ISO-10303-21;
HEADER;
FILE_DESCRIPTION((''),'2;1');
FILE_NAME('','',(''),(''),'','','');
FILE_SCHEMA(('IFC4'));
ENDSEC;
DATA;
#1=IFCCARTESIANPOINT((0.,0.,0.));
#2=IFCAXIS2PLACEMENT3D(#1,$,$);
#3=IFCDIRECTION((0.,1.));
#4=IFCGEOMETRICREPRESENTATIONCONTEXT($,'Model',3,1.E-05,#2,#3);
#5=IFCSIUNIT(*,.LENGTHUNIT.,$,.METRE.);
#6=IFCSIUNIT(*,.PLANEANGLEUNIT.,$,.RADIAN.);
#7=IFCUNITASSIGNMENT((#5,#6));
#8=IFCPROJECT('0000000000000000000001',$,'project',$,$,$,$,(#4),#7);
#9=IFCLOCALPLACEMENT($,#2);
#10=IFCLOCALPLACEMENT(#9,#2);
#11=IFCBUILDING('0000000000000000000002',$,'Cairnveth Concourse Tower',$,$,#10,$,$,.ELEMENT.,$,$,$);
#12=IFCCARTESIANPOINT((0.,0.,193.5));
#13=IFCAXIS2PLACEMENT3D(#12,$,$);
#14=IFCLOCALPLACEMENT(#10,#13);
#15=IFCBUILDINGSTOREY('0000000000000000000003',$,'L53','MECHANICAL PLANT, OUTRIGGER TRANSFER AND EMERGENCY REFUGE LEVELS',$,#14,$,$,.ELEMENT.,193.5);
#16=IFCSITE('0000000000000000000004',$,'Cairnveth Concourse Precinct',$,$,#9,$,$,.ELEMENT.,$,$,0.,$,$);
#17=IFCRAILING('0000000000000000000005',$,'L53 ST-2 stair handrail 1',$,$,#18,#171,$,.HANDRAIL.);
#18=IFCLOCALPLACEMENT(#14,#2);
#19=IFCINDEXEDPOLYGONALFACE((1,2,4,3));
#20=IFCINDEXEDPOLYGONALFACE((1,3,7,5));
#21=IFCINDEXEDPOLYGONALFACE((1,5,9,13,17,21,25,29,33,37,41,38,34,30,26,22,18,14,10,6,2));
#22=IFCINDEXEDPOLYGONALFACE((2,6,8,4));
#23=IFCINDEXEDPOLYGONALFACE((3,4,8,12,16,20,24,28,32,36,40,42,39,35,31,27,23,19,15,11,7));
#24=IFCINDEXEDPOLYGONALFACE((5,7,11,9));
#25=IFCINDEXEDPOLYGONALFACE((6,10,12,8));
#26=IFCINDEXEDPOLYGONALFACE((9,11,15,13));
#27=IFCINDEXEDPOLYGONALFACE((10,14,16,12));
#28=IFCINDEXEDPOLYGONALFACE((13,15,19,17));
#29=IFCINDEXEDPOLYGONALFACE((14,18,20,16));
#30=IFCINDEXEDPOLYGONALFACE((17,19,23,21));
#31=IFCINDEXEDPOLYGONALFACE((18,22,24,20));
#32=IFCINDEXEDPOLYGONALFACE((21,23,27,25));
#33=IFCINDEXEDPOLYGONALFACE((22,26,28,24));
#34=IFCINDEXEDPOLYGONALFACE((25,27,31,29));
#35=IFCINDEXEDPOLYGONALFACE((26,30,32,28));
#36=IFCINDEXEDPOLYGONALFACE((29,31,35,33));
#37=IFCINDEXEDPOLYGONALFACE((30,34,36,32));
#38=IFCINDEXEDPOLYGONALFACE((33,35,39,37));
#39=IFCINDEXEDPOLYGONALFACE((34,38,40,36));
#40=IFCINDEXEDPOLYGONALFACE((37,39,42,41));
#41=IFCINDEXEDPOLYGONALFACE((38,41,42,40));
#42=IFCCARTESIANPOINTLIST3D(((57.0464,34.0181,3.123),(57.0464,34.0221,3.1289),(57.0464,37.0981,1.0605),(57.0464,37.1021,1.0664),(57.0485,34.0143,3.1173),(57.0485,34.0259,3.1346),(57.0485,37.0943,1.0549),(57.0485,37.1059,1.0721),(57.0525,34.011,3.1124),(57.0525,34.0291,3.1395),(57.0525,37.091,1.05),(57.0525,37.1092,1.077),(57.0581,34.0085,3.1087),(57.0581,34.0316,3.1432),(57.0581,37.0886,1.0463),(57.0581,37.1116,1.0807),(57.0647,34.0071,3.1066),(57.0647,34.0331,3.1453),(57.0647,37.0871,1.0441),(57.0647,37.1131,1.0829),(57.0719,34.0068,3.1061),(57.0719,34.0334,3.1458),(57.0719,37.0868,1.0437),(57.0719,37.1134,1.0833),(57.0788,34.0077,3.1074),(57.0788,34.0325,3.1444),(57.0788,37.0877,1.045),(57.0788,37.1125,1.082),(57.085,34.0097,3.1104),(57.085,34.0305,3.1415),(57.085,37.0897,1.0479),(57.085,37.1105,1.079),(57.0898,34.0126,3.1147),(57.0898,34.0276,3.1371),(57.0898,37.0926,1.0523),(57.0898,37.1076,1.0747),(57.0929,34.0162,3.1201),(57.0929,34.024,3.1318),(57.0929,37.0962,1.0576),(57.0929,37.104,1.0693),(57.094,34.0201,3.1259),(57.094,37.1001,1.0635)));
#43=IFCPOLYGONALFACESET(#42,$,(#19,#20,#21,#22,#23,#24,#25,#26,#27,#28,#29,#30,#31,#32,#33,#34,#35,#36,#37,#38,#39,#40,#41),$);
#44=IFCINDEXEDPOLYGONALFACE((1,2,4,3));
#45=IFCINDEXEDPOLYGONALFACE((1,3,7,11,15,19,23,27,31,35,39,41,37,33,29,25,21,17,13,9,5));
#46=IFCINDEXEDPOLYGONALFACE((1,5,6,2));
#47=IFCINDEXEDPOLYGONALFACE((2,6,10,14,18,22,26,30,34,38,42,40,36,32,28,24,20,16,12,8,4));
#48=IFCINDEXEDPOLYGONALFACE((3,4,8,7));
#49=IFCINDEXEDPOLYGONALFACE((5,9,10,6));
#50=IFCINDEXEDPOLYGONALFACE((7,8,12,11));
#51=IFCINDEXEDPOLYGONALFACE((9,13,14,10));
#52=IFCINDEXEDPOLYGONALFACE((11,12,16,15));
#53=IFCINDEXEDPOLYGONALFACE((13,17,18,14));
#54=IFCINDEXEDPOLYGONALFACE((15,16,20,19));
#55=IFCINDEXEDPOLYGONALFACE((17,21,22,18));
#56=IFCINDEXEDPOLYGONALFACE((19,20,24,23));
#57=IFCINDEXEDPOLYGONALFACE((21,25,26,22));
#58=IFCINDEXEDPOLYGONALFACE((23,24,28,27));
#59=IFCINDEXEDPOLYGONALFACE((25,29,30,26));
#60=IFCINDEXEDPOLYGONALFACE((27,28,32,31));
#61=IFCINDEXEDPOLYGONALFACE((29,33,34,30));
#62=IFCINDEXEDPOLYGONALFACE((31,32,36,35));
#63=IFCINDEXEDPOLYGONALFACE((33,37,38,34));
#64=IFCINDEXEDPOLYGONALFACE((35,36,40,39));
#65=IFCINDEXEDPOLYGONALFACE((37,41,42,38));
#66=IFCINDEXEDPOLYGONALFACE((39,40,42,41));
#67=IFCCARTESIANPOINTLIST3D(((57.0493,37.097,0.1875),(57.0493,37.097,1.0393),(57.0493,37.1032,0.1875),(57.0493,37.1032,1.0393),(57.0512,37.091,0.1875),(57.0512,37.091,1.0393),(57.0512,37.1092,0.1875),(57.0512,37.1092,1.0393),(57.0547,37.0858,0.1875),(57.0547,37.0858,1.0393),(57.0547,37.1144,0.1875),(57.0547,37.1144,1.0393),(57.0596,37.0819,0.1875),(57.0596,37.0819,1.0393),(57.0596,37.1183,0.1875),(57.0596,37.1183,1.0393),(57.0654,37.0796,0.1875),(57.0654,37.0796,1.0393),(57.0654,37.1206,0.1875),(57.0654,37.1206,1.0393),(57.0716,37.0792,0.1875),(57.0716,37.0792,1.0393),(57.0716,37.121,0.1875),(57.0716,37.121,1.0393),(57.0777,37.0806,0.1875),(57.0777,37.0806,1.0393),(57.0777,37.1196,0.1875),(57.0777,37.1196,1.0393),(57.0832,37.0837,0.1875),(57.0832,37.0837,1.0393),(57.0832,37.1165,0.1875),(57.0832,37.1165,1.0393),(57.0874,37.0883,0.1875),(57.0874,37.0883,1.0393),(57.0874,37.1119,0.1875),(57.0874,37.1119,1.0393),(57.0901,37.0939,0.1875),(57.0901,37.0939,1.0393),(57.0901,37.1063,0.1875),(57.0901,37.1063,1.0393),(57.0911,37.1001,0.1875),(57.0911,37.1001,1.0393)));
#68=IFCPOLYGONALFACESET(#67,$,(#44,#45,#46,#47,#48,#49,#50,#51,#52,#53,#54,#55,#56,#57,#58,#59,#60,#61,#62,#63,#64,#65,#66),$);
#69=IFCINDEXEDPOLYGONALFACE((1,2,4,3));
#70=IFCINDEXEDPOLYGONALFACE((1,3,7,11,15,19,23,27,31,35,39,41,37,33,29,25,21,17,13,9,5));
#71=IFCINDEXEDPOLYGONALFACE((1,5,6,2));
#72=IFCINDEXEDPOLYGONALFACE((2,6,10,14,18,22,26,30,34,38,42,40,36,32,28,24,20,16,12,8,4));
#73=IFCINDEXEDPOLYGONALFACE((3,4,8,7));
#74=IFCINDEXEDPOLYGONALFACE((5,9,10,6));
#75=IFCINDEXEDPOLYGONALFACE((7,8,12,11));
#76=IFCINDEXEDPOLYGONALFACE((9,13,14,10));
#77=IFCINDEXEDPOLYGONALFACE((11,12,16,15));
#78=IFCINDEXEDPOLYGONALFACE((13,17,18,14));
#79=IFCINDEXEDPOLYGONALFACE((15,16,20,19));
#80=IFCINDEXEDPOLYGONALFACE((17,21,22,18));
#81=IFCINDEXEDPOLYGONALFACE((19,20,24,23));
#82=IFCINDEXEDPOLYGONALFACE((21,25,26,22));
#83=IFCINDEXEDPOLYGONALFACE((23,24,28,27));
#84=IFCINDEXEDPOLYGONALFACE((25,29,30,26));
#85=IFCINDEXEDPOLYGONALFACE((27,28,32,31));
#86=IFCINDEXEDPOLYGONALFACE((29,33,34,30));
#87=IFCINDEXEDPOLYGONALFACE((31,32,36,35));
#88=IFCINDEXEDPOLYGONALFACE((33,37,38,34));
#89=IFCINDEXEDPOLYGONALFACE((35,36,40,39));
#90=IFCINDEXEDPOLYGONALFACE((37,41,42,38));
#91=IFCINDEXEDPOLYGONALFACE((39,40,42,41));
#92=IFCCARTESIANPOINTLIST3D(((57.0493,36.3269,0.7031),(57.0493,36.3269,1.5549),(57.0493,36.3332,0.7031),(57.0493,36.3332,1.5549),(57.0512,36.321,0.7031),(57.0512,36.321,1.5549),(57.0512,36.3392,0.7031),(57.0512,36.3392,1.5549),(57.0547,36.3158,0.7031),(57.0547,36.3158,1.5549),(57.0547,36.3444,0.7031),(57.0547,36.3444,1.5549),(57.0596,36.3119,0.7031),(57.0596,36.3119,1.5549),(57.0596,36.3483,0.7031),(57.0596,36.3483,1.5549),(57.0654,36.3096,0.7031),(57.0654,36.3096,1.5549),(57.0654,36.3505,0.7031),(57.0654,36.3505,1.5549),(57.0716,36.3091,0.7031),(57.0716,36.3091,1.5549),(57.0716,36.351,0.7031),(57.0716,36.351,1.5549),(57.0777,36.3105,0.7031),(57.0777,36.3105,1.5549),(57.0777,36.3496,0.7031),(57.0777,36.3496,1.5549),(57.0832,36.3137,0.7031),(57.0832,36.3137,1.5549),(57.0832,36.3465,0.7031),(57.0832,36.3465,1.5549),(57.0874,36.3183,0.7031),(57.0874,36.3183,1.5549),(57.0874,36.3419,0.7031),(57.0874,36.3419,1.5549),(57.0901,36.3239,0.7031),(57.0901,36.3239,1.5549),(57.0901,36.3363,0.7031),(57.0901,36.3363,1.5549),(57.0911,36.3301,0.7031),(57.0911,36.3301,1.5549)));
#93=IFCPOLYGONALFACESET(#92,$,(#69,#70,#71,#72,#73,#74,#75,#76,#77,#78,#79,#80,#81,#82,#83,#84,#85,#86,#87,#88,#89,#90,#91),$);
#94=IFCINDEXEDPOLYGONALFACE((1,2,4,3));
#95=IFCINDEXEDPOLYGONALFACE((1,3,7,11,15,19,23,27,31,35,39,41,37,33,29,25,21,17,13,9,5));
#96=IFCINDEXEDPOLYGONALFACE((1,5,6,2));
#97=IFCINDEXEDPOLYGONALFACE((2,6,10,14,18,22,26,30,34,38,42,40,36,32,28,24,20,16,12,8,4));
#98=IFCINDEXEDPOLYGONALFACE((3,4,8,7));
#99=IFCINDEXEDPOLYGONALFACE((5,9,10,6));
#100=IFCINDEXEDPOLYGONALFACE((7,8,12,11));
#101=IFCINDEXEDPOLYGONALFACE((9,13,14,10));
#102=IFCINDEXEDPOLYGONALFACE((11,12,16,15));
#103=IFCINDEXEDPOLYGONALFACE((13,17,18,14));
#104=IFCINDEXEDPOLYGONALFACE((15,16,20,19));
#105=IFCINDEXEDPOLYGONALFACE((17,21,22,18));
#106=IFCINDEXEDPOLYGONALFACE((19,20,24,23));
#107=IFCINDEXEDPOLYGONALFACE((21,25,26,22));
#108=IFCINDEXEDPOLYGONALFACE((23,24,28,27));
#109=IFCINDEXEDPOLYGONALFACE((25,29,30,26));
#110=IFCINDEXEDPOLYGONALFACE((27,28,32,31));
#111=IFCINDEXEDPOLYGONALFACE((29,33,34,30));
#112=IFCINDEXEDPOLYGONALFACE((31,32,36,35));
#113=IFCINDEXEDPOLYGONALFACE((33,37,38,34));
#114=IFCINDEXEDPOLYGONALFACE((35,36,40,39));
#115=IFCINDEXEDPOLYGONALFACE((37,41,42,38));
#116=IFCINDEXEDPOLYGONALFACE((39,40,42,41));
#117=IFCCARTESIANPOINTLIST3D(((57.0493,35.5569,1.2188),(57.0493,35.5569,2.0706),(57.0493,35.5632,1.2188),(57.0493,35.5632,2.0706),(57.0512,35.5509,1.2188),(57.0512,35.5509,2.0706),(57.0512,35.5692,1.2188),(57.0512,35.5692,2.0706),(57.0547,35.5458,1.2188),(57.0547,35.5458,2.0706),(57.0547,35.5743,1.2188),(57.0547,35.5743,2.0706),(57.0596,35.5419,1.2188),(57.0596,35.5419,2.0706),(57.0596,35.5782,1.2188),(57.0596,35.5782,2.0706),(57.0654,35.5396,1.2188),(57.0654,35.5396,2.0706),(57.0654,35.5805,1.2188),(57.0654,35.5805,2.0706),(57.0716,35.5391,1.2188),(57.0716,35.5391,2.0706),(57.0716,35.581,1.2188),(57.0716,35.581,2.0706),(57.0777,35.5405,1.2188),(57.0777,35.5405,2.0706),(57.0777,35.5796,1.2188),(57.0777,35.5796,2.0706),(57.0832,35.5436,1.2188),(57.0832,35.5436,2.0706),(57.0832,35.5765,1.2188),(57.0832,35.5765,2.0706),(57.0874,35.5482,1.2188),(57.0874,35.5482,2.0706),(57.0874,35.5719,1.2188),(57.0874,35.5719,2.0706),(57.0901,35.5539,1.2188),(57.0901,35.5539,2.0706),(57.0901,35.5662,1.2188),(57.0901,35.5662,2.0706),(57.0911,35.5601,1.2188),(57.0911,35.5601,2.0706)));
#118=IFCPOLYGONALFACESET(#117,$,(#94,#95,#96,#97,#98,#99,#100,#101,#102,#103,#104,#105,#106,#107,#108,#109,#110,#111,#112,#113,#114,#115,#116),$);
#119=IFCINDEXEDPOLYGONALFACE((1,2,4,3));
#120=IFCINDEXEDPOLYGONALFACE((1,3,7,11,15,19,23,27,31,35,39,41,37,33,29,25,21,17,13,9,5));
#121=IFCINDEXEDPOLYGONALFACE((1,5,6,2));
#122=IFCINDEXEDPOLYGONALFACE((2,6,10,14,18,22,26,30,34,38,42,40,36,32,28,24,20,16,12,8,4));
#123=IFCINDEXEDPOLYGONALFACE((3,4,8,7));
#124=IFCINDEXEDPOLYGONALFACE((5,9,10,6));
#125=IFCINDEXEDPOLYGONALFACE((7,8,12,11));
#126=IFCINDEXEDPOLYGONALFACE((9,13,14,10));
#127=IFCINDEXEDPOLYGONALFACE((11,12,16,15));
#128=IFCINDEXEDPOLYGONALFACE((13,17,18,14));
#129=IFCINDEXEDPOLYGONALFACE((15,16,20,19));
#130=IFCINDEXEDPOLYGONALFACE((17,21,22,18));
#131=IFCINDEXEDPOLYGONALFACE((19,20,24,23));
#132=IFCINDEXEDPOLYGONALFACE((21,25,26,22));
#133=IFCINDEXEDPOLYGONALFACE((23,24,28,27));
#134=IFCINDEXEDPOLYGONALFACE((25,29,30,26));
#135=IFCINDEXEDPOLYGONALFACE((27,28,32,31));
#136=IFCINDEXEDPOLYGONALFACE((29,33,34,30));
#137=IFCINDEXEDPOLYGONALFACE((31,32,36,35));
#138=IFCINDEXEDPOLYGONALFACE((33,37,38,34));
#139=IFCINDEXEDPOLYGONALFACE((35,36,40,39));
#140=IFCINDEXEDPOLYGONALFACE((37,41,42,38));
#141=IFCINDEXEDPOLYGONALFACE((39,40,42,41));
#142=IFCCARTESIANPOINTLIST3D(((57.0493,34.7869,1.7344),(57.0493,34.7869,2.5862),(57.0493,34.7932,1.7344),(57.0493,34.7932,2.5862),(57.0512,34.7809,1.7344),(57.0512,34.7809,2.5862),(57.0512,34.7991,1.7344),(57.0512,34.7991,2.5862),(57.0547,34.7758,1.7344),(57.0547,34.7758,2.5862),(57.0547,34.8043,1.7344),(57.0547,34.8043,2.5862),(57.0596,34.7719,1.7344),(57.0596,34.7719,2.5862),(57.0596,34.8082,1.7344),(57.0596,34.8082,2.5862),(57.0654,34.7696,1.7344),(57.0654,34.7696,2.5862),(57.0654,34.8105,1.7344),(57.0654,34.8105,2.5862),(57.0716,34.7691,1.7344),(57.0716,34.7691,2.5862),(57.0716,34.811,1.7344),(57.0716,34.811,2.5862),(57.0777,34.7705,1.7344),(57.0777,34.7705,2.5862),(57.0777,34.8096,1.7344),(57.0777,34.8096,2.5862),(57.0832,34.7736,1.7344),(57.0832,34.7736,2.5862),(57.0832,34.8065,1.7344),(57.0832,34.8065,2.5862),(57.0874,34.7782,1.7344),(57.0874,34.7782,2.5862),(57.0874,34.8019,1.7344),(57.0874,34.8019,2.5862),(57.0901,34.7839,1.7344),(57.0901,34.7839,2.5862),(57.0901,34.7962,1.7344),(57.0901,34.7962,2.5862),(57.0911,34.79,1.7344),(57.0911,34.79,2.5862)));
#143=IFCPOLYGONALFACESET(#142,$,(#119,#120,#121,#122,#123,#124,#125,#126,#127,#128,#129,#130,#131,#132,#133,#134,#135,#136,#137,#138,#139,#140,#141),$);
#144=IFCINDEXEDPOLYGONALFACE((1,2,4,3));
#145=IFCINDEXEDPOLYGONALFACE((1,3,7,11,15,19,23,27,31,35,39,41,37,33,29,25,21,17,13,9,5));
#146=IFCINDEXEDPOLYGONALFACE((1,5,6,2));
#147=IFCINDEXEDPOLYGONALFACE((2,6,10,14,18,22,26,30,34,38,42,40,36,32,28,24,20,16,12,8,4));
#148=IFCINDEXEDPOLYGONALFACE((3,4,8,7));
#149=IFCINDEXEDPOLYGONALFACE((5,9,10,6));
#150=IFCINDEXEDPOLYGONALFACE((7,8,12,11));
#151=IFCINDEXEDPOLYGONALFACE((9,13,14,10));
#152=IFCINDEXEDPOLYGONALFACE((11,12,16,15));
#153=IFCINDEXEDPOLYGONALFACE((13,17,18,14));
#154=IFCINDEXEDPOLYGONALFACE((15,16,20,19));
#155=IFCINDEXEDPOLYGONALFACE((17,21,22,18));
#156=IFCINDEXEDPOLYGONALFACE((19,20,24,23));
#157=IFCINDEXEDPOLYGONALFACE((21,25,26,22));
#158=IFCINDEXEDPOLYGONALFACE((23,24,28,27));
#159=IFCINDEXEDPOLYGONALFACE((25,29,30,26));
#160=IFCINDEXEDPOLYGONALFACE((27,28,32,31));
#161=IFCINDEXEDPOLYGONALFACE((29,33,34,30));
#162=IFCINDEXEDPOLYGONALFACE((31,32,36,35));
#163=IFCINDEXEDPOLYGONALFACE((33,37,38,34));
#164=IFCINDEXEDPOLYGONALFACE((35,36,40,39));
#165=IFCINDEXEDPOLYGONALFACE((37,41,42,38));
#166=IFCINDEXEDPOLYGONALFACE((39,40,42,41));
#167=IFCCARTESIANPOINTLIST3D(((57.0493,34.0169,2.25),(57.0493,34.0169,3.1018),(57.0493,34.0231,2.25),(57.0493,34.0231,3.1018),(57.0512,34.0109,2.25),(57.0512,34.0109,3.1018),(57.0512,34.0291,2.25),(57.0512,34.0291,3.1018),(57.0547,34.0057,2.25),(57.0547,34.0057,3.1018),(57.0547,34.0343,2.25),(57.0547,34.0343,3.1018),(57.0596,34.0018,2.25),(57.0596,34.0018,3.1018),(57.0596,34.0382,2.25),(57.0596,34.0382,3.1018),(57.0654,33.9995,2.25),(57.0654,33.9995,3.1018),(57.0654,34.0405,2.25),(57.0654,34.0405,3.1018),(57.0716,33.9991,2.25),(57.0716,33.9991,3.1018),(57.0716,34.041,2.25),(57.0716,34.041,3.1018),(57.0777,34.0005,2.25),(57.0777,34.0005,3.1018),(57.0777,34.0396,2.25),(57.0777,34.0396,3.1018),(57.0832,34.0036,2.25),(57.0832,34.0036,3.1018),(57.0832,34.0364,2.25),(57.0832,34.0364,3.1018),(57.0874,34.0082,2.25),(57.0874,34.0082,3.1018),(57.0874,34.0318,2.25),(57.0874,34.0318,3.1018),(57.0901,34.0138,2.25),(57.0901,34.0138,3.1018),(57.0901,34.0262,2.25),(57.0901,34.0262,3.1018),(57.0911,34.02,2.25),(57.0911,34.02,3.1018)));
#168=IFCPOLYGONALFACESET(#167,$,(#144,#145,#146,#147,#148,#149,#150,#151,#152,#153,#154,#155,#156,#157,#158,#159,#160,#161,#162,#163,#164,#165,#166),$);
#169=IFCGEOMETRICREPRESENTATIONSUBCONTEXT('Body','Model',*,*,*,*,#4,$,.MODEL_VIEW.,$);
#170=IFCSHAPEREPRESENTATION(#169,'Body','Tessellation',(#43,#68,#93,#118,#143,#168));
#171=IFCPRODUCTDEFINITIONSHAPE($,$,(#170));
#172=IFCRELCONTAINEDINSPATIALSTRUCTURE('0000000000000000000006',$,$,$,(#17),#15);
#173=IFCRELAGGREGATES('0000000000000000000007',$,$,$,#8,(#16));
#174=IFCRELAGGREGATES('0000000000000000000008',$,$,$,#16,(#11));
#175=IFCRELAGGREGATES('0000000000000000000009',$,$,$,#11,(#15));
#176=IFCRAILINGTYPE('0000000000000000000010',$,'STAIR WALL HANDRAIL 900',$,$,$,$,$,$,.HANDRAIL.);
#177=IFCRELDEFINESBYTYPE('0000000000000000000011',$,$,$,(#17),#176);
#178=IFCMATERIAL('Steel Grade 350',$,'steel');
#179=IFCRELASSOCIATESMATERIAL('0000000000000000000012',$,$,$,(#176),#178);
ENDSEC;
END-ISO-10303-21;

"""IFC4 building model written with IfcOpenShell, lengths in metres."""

from ifc_helpers import new_model, si_unit, direction, frame, origin, origin_2d, place, context, subcontext, project, spatial, circle, extrude, material, type_object, element, save


model = new_model("IFC4")

# Units and contexts
model_context = context("Model", 3, precision=1e-05, world=origin(), true_north=direction((0.0, 1.0)))
body_context = subcontext(model_context, "Body", "Model", "MODEL_VIEW")
ifc_project = project(units=[si_unit("LENGTHUNIT", "METRE"), si_unit("PLANEANGLEUNIT", "RADIAN")], contexts=[model_context])

# Site, building, storey
site_placement = place(None, origin())
site = spatial("IfcSite", under=ifc_project, at=site_placement, Name="Cairnveth Concourse Precinct", CompositionType="ELEMENT", RefElevation=0.0)
building_placement = place(site_placement, origin())
building = spatial("IfcBuilding", under=site, at=building_placement, Name="Cairnveth Concourse Tower", CompositionType="ELEMENT")
storey_placement = place(building_placement, frame((0.0, 0.0, 193.5)))
storey = spatial("IfcBuildingStorey", under=building, at=storey_placement, Name="L53", Description="MECHANICAL PLANT, OUTRIGGER TRANSFER AND EMERGENCY REFUGE LEVELS", CompositionType="ELEMENT", Elevation=193.5)

# Shared definitions
ifc_material_1 = material(Name="Steel Grade 350", Category="steel")

# Railing
railing_type_1 = type_object("IfcRailingType", Name="STAIR WALL HANDRAIL 900", PredefinedType="HANDRAIL", material=ifc_material_1)
railing_1_placement = place(storey_placement, frame((57.0701, 37.1001, 0.1875)))
element("IfcRailing", 1, at=railing_1_placement, inside=storey, type_object=railing_type_1, Name="L53 ST-2 stair handrail 1", PredefinedType="HANDRAIL", context=body_context, shape_type="SweptSolid", body=[
    extrude(circle(Radius=0.0239, at=origin_2d()), frame((0.0, 0.0, 0.876), z_axis=(0.0, -0.830914, 0.556401), x_axis=(1.0, 0.0, 0.0)), (0.0, 0.0, 1.0), 3.7068),
    extrude(circle(Radius=0.021, at=origin_2d()), origin(), (0.0, 0.0, 1.0), 0.8518),
    extrude(circle(Radius=0.021, at=origin_2d()), frame((0.0, -0.77, 0.5156)), (0.0, 0.0, 1.0), 0.8518),
    extrude(circle(Radius=0.021, at=origin_2d()), frame((0.0, -1.54, 1.0312)), (0.0, 0.0, 1.0), 0.8518),
    extrude(circle(Radius=0.021, at=origin_2d()), frame((0.0, -2.3101, 1.5469)), (0.0, 0.0, 1.0), 0.8518),
    extrude(circle(Radius=0.021, at=origin_2d()), frame((0.0, -3.0801, 2.0625)), (0.0, 0.0, 1.0), 0.8518),
])

save(model, "model.ifc")
